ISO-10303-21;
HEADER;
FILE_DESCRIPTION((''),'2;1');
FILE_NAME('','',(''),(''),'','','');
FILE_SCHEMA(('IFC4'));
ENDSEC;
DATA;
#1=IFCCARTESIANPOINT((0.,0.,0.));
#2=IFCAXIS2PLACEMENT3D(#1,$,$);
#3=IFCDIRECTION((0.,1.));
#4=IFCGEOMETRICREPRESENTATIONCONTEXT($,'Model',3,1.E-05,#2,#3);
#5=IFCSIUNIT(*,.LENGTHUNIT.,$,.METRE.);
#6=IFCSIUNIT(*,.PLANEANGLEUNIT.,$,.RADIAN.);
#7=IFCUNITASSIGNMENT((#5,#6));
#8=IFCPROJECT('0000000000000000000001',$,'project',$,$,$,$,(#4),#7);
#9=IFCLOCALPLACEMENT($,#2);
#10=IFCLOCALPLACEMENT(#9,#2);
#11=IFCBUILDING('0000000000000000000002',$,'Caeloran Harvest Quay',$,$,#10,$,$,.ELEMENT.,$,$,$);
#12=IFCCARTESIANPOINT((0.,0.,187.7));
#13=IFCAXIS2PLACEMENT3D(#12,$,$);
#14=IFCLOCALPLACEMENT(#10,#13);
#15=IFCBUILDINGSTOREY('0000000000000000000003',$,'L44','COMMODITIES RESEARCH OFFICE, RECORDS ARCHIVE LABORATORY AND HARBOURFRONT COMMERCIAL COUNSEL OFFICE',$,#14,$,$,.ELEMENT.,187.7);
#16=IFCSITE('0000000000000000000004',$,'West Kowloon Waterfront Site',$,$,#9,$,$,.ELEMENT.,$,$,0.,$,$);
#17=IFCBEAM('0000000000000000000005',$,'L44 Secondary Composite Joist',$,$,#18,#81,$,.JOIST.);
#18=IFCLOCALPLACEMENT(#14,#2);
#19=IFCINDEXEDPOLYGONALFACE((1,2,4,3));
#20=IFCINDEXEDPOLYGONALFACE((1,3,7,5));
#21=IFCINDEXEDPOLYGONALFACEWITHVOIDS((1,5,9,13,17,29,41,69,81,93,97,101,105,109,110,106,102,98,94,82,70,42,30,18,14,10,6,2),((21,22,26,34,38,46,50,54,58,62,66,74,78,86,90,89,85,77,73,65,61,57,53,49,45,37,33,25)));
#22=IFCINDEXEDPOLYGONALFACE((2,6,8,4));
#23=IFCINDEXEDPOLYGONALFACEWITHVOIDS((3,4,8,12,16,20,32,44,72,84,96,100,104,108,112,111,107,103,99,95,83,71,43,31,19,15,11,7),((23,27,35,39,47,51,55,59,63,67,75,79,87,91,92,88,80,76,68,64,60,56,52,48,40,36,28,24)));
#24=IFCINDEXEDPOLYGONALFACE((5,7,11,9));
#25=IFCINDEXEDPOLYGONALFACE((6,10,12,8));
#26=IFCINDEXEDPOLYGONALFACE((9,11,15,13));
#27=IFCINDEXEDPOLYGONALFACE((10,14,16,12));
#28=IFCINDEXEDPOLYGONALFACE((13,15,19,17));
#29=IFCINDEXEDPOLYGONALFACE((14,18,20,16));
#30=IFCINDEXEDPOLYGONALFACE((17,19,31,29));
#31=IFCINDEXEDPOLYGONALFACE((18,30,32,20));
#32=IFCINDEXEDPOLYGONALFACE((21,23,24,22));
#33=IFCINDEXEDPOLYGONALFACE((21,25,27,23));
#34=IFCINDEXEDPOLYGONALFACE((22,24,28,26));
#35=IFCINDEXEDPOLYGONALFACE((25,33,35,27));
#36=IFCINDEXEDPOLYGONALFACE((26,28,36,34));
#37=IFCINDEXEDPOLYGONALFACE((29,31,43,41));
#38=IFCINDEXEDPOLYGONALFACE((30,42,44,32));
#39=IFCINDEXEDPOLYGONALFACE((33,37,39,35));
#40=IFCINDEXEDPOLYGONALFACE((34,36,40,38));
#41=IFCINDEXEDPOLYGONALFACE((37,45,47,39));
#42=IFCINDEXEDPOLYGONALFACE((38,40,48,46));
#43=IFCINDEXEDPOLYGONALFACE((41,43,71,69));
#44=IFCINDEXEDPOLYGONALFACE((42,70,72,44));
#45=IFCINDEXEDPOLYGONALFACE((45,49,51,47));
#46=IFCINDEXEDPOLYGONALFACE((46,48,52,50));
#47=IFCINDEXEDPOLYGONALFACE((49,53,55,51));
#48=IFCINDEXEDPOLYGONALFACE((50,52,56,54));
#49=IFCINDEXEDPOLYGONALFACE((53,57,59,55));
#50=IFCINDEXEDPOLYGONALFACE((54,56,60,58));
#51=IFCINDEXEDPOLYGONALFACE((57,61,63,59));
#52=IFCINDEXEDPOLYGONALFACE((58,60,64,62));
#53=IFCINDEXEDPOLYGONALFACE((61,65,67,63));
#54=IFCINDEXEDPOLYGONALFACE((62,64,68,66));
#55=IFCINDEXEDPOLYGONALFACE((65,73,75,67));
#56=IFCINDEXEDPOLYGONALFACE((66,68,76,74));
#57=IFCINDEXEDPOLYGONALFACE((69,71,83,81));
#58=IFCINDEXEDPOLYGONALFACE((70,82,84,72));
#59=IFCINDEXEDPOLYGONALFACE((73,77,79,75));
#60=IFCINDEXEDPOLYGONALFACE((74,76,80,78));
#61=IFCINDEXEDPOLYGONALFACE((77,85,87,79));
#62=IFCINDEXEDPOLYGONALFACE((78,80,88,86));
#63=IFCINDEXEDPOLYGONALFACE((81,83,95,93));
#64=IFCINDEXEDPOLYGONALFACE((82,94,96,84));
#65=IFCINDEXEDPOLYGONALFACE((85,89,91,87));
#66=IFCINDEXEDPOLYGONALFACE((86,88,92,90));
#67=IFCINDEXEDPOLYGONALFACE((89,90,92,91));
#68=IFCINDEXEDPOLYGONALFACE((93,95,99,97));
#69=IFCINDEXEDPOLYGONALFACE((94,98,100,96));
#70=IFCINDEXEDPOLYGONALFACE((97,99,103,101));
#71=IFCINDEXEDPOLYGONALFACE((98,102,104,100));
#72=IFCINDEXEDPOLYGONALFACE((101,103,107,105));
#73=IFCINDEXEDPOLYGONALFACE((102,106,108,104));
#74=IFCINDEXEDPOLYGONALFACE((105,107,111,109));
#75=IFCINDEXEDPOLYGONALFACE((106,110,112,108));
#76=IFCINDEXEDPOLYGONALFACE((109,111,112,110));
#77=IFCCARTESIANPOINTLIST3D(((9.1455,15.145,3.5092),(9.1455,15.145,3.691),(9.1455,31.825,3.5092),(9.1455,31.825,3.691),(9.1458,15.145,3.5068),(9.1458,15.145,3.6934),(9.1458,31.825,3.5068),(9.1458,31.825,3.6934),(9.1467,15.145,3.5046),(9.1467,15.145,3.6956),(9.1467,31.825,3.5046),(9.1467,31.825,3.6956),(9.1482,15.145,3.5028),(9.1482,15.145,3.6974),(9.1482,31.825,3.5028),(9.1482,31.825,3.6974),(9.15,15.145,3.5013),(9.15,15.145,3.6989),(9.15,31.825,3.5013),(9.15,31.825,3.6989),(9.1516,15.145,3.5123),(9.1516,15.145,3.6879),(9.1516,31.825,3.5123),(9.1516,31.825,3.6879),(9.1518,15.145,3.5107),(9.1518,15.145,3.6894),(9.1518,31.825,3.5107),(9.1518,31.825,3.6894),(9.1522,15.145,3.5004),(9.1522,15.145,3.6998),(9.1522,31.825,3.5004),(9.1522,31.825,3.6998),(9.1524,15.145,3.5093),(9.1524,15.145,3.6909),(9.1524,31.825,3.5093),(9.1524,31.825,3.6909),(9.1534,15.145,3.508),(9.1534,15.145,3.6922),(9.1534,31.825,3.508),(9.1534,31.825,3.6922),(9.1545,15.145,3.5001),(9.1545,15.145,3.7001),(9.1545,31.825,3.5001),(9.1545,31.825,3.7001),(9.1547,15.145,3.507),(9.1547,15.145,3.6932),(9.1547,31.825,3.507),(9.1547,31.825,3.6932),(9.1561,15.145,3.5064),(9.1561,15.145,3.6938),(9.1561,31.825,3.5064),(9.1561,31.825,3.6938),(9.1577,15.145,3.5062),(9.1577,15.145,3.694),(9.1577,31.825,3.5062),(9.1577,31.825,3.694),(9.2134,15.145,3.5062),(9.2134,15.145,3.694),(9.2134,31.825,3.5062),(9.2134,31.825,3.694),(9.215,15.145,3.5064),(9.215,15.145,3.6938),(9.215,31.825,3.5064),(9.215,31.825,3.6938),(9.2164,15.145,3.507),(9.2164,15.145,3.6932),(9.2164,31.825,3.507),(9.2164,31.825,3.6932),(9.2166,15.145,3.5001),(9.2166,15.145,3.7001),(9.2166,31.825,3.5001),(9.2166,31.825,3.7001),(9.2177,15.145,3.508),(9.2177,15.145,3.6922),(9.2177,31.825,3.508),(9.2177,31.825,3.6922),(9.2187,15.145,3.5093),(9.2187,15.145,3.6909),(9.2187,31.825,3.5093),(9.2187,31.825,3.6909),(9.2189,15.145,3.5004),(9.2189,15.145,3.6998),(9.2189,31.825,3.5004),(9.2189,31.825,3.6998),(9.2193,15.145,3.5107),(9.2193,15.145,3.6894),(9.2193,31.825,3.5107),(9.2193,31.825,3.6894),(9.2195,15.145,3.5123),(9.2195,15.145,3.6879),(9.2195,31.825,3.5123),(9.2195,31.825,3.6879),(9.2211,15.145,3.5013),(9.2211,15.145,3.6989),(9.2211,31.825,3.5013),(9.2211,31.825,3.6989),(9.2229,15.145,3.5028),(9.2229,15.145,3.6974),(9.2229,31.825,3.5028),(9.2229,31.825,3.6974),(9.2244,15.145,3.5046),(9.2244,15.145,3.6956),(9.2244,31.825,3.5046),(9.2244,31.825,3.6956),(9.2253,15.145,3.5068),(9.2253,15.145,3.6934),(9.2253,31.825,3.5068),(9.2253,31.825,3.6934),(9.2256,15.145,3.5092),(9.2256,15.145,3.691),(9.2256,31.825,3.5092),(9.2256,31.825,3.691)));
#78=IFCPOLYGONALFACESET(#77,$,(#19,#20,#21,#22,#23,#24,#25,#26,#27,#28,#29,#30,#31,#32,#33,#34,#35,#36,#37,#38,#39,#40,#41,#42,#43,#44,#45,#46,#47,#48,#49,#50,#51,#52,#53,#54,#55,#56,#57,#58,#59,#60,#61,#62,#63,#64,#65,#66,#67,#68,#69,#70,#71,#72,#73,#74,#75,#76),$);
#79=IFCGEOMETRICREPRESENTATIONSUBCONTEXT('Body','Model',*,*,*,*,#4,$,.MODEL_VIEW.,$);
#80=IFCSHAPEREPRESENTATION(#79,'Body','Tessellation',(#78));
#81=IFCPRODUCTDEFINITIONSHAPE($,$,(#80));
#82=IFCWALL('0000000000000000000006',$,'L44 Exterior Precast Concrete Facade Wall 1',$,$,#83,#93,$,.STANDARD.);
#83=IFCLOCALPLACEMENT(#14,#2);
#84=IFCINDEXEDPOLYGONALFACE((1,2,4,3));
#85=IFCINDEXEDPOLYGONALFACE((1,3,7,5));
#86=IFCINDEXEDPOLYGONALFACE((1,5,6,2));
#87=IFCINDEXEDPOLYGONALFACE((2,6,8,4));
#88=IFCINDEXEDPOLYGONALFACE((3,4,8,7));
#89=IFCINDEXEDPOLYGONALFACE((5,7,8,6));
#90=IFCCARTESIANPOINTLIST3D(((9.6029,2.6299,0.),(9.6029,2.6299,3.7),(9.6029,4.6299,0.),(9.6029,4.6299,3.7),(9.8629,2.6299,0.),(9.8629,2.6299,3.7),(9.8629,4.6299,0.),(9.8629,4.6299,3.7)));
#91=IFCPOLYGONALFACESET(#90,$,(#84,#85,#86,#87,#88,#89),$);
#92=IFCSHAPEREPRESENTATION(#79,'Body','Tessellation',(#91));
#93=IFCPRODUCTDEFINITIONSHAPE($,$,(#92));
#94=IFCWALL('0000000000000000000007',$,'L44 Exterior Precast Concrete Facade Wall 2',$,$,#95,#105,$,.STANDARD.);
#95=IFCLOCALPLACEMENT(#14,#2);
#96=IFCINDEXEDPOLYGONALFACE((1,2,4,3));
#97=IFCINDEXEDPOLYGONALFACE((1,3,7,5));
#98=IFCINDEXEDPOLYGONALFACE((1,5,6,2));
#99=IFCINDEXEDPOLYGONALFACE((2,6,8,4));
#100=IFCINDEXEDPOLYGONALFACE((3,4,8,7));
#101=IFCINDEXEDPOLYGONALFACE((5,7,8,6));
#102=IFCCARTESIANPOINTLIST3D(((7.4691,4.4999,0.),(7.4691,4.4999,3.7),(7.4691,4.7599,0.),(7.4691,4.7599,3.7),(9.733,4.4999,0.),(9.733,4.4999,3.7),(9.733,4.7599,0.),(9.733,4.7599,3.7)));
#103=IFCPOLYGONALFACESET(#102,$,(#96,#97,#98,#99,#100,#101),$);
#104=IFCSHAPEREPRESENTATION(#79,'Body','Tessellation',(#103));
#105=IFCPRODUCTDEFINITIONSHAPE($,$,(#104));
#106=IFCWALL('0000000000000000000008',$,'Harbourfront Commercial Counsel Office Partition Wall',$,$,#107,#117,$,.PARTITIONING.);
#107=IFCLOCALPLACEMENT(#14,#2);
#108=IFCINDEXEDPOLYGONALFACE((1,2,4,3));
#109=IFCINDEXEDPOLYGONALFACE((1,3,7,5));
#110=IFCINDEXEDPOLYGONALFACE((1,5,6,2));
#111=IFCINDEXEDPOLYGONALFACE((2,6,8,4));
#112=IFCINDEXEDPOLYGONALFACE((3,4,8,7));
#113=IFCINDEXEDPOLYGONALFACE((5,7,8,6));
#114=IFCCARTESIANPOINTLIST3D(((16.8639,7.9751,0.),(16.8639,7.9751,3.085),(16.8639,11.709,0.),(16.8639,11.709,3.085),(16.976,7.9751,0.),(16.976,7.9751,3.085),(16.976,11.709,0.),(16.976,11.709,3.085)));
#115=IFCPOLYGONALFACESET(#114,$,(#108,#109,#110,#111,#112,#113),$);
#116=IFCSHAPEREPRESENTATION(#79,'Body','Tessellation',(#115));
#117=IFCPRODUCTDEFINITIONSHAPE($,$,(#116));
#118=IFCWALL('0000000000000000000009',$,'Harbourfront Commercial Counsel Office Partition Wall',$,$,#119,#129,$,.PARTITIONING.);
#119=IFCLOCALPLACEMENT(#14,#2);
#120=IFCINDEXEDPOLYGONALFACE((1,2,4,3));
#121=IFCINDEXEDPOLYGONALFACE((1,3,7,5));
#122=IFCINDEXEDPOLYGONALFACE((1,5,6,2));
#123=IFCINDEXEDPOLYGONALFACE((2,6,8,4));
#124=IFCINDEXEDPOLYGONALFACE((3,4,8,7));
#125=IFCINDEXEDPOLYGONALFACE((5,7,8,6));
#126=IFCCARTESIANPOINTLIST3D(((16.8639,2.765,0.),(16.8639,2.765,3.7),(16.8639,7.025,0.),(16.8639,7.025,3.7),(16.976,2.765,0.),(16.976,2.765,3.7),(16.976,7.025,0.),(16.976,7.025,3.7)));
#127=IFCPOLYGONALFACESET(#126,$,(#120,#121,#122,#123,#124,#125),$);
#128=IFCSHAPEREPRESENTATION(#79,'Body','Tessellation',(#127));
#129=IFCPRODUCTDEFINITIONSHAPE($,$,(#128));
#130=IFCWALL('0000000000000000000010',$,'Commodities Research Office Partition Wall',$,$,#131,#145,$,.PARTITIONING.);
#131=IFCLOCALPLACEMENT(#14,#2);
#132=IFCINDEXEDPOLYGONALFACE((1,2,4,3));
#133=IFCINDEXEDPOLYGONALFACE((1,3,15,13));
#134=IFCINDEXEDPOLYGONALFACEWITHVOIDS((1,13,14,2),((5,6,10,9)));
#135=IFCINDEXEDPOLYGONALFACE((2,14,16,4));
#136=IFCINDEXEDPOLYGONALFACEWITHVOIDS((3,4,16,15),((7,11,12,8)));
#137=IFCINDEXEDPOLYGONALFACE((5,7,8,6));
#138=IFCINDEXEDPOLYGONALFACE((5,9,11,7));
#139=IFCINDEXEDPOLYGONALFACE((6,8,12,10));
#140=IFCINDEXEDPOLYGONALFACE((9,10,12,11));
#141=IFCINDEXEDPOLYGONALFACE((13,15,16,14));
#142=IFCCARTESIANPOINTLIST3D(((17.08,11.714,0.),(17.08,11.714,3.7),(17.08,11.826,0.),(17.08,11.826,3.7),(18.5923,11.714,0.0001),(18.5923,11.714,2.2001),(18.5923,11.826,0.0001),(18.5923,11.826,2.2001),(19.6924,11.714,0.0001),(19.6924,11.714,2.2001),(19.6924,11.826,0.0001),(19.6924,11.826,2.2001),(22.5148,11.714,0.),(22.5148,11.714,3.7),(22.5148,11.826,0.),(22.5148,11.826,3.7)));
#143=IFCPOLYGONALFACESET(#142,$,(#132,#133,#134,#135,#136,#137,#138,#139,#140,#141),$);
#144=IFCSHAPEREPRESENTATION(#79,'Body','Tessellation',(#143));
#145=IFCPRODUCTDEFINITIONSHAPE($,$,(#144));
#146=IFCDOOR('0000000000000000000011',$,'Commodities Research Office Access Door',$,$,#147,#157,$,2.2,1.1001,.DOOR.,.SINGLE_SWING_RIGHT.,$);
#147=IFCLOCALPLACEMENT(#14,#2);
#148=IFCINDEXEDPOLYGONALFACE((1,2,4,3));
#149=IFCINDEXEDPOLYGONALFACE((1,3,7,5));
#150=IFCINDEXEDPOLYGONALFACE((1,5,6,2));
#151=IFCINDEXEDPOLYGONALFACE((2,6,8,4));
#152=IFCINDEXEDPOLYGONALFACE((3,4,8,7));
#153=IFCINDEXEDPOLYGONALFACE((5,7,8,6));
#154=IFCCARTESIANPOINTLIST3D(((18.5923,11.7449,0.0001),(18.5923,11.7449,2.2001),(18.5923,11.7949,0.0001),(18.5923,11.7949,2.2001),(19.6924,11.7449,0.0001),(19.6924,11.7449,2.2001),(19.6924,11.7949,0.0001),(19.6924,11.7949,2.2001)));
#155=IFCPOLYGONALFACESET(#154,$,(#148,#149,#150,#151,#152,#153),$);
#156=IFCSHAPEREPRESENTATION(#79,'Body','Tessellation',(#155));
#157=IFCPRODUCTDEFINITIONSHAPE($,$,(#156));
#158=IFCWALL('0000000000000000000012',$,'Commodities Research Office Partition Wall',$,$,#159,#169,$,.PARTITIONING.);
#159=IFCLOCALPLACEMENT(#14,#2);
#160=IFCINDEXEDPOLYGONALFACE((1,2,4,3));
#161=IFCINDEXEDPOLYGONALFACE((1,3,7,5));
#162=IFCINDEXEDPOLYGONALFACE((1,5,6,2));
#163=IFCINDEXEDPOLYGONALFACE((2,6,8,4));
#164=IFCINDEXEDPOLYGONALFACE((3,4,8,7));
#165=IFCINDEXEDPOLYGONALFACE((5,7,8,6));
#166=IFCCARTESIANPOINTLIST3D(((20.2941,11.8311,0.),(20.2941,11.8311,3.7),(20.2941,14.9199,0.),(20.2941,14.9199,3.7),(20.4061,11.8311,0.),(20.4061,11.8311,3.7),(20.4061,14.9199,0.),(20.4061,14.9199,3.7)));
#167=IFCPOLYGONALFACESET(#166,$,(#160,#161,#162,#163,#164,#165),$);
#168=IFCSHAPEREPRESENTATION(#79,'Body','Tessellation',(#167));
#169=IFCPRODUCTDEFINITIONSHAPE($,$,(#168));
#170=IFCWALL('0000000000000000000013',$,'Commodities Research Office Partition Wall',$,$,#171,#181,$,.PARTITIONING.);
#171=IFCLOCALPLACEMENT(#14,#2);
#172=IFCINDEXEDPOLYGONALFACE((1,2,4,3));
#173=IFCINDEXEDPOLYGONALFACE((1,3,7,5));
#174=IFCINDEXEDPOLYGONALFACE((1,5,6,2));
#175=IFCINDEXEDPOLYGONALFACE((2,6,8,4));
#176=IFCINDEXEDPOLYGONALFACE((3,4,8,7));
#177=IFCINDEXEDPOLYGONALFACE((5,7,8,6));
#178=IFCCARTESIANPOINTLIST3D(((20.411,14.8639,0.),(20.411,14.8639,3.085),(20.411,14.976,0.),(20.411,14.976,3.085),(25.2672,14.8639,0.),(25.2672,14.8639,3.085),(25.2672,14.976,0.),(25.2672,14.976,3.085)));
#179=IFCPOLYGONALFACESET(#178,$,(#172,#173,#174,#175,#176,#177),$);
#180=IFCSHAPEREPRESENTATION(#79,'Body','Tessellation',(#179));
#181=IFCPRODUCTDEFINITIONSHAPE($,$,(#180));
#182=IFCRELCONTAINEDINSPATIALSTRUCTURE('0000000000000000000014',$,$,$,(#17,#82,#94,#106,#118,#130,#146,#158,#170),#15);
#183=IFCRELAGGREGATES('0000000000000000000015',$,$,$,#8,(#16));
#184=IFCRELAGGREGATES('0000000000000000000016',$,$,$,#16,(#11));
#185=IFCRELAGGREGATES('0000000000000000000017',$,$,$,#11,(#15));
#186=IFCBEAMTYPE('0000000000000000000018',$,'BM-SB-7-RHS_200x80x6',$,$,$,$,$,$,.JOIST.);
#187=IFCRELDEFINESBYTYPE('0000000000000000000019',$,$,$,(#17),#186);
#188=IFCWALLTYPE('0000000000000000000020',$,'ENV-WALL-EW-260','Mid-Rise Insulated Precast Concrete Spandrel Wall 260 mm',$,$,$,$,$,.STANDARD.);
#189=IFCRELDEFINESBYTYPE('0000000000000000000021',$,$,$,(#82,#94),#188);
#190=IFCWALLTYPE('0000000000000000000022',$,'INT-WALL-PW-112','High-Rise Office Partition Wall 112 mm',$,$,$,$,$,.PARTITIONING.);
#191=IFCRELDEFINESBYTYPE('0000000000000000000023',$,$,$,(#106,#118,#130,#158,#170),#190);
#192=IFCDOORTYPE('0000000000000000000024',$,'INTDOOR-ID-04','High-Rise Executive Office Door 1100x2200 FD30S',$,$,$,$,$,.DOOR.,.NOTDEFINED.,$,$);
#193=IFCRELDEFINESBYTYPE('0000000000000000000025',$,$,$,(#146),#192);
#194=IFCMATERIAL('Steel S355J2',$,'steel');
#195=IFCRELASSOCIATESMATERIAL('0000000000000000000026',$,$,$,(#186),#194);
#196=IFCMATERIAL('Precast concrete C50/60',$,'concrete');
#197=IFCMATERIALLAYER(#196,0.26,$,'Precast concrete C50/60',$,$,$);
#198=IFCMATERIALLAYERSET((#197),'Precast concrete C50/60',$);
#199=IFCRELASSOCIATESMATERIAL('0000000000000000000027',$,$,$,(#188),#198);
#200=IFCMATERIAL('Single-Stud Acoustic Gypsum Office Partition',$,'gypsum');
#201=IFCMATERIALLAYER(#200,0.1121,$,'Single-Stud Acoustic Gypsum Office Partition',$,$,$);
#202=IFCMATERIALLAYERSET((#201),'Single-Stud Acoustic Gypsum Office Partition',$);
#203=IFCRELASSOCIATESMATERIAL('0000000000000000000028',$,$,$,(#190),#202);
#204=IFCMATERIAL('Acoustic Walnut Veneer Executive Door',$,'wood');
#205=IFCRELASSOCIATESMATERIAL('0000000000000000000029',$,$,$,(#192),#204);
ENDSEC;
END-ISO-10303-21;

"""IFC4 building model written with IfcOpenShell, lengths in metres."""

from ifc_helpers import new_model, si_unit, direction, frame, frame_2d, origin, origin_2d, place, context, subcontext, project, spatial, rectangle, hollow_rectangle, extrude, material, layer, layer_set, material_profile, profile_set, type_object, element, fill, save


model = new_model("IFC4")

# Units and contexts
model_context = context("Model", 3, precision=1e-05, world=origin(), true_north=direction((0.0, 1.0)))
body_context = subcontext(model_context, "Body", "Model", "MODEL_VIEW")
ifc_project = project(units=[si_unit("LENGTHUNIT", "METRE"), si_unit("PLANEANGLEUNIT", "RADIAN")], contexts=[model_context])

# Site, building, storey
site_placement = place(None, origin())
site = spatial("IfcSite", under=ifc_project, at=site_placement, Name="West Kowloon Waterfront Site", CompositionType="ELEMENT", RefElevation=0.0)
building_placement = place(site_placement, origin())
building = spatial("IfcBuilding", under=site, at=building_placement, Name="Caeloran Harvest Quay", CompositionType="ELEMENT")
storey_placement = place(building_placement, frame((0.0, 0.0, 187.7)))
storey = spatial("IfcBuildingStorey", under=building, at=storey_placement, Name="L44", Description="COMMODITIES RESEARCH OFFICE, RECORDS ARCHIVE LABORATORY AND HARBOURFRONT COMMERCIAL COUNSEL OFFICE", CompositionType="ELEMENT", Elevation=187.7)

# Beam
ifc_material_1 = material(Name="Steel S355J2", Category="steel")
ifc_material_profile_1 = material_profile(ifc_material_1, hollow_rectangle(XDim=0.0801, YDim=0.2, WallThickness=0.0061, InnerFilletRadius=0.0061, OuterFilletRadius=0.009, at=origin_2d()), Name="RHS 200x80x6")
ifc_profile_set_1 = profile_set([ifc_material_profile_1], Name="Steel S355J2")
beam_type_1 = type_object("IfcBeamType", Name="BM-SB-7-RHS_200x80x6", PredefinedType="JOIST", material=ifc_profile_set_1)
beam_1_placement = place(storey_placement, frame((9.1855, 15.145, 3.6001), z_axis=(0.0, 1.0, 0.0), x_axis=(-1.0, 0.0, 0.0)))
element("IfcBeam", 1, at=beam_1_placement, inside=storey, type_object=beam_type_1, Name="L44 Secondary Composite Joist", PredefinedType="JOIST", context=body_context, shape_type="SweptSolid", body=[
    extrude(hollow_rectangle(XDim=0.0801, YDim=0.2, WallThickness=0.0061, InnerFilletRadius=0.0061, OuterFilletRadius=0.009, at=origin_2d()), origin(), (0.0, 0.0, 1.0), 16.6799),
])

# Walls
ifc_material_2 = material(Name="Precast concrete C50/60", Category="concrete")
ifc_layer_1 = layer(ifc_material_2, 0.26, Name="Precast concrete C50/60")
ifc_layer_set_1 = layer_set([ifc_layer_1], Name="Precast concrete C50/60")
wall_type_1 = type_object("IfcWallType", Name="ENV-WALL-EW-260", Description="Mid-Rise Insulated Precast Concrete Spandrel Wall 260 mm", PredefinedType="STANDARD", material=ifc_layer_set_1)
wall_1_placement = place(storey_placement, frame((9.7329, 2.6299, 0.0), z_axis=(0.0, 0.0, 1.0), x_axis=(0.0, 1.0, 0.0)))
element("IfcWall", 2, at=wall_1_placement, inside=storey, type_object=wall_type_1, Name="L44 Exterior Precast Concrete Facade Wall 1", PredefinedType="STANDARD", context=body_context, shape_type="SweptSolid", body=[
    extrude(rectangle(XDim=2.0, YDim=0.26, at=frame_2d((1.0, 0.0))), origin(), (0.0, 0.0, 1.0), 3.7),
])
wall_2_placement = place(storey_placement, frame((9.7329, 4.6299, 0.0), z_axis=(0.0, 0.0, 1.0), x_axis=(-1.0, 0.0, 0.0)))
element("IfcWall", 3, at=wall_2_placement, inside=storey, type_object=wall_type_1, Name="L44 Exterior Precast Concrete Facade Wall 2", PredefinedType="STANDARD", context=body_context, shape_type="SweptSolid", body=[
    extrude(rectangle(XDim=2.2639, YDim=0.26, at=frame_2d((1.1318, 0.0))), origin(), (0.0, 0.0, 1.0), 3.7),
])
ifc_material_3 = material(Name="Single-Stud Acoustic Gypsum Office Partition", Category="gypsum")
ifc_layer_2 = layer(ifc_material_3, 0.1121, Name="Single-Stud Acoustic Gypsum Office Partition")
ifc_layer_set_2 = layer_set([ifc_layer_2], Name="Single-Stud Acoustic Gypsum Office Partition")
wall_type_2 = type_object("IfcWallType", Name="INT-WALL-PW-112", Description="High-Rise Office Partition Wall 112 mm", PredefinedType="PARTITIONING", material=ifc_layer_set_2)
wall_3_placement = place(storey_placement, frame((16.9199, 11.709, 0.0), z_axis=(0.0, 0.0, 1.0), x_axis=(0.0, -1.0, 0.0)))
element("IfcWall", 4, at=wall_3_placement, inside=storey, type_object=wall_type_2, Name="Harbourfront Commercial Counsel Office Partition Wall", PredefinedType="PARTITIONING", context=body_context, shape_type="SweptSolid", body=[
    extrude(rectangle(XDim=3.7339, YDim=0.1121, at=frame_2d((1.8669, 0.0))), origin(), (0.0, 0.0, 1.0), 3.085),
])
wall_4_placement = place(storey_placement, frame((16.9199, 7.0249, 0.0), z_axis=(0.0, 0.0, 1.0), x_axis=(0.0, -1.0, 0.0)))
element("IfcWall", 5, at=wall_4_placement, inside=storey, type_object=wall_type_2, Name="Harbourfront Commercial Counsel Office Partition Wall", PredefinedType="PARTITIONING", context=body_context, shape_type="SweptSolid", body=[
    extrude(rectangle(XDim=4.26, YDim=0.1121, at=frame_2d((2.1299, 0.0))), origin(), (0.0, 0.0, 1.0), 3.7),
])

# Wall, opening, door
wall_5_placement = place(storey_placement, frame((17.0801, 11.77, 0.0), z_axis=(0.0, 0.0, 1.0), x_axis=(1.0, 0.0, 0.0)))
wall_5 = element("IfcWall", 6, at=wall_5_placement, inside=storey, type_object=wall_type_2, Name="Commodities Research Office Partition Wall", PredefinedType="PARTITIONING", context=body_context, shape_type="SweptSolid", body=[
    extrude(rectangle(XDim=5.4348, YDim=0.1121, at=frame_2d((2.7173, 0.0))), origin(), (0.0, 0.0, 1.0), 3.7),
])
opening_1_placement = place(wall_5_placement, frame((1.5122, 0.0, 0.0)))
opening_1 = element("IfcOpeningElement", 7, at=opening_1_placement, cuts=wall_5, PredefinedType="OPENING", context=body_context, shape_type="SweptSolid", body=[
    extrude(rectangle(XDim=1.1001, YDim=2.2, at=frame_2d((0.55, 1.1001))), frame((0.0, 0.0659, 0.0), z_axis=(0.0, -1.0, 0.0), x_axis=(1.0, 0.0, 0.0)), (0.0, 0.0, 1.0), 0.1321),
])
ifc_material_4 = material(Name="Acoustic Walnut Veneer Executive Door", Category="wood")
door_type = type_object("IfcDoorType", Name="INTDOOR-ID-04", Description="High-Rise Executive Office Door 1100x2200 FD30S", OperationType="NOTDEFINED", PredefinedType="DOOR", material=ifc_material_4)
door_1_placement = place(opening_1_placement, origin())
door_1 = element("IfcDoor", 8, at=door_1_placement, inside=storey, type_object=door_type, Name="Commodities Research Office Access Door", OperationType="SINGLE_SWING_RIGHT", OverallHeight=2.2, OverallWidth=1.1001, PredefinedType="DOOR", context=body_context, shape_type="SweptSolid", body=[
    extrude(rectangle(XDim=1.1001, YDim=2.2, at=frame_2d((0.55, 1.1001))), frame((0.0, 0.0249, 0.0), z_axis=(0.0, -1.0, 0.0), x_axis=(1.0, 0.0, 0.0)), (0.0, 0.0, 1.0), 0.05),
])
fill(opening_1, door_1)

# Walls
wall_6_placement = place(storey_placement, frame((20.3501, 11.8311, 0.0), z_axis=(0.0, 0.0, 1.0), x_axis=(0.0, 1.0, 0.0)))
element("IfcWall", 9, at=wall_6_placement, inside=storey, type_object=wall_type_2, Name="Commodities Research Office Partition Wall", PredefinedType="PARTITIONING", context=body_context, shape_type="SweptSolid", body=[
    extrude(rectangle(XDim=3.0889, YDim=0.1121, at=frame_2d((1.5444, 0.0))), origin(), (0.0, 0.0, 1.0), 3.7),
])
wall_7_placement = place(storey_placement, frame((20.4109, 14.9199, 0.0), z_axis=(0.0, 0.0, 1.0), x_axis=(1.0, 0.0, 0.0)))
element("IfcWall", 10, at=wall_7_placement, inside=storey, type_object=wall_type_2, Name="Commodities Research Office Partition Wall", PredefinedType="PARTITIONING", context=body_context, shape_type="SweptSolid", body=[
    extrude(rectangle(XDim=4.8562, YDim=0.1121, at=frame_2d((2.4282, 0.0))), origin(), (0.0, 0.0, 1.0), 3.085),
])

save(model, "model.ifc")
